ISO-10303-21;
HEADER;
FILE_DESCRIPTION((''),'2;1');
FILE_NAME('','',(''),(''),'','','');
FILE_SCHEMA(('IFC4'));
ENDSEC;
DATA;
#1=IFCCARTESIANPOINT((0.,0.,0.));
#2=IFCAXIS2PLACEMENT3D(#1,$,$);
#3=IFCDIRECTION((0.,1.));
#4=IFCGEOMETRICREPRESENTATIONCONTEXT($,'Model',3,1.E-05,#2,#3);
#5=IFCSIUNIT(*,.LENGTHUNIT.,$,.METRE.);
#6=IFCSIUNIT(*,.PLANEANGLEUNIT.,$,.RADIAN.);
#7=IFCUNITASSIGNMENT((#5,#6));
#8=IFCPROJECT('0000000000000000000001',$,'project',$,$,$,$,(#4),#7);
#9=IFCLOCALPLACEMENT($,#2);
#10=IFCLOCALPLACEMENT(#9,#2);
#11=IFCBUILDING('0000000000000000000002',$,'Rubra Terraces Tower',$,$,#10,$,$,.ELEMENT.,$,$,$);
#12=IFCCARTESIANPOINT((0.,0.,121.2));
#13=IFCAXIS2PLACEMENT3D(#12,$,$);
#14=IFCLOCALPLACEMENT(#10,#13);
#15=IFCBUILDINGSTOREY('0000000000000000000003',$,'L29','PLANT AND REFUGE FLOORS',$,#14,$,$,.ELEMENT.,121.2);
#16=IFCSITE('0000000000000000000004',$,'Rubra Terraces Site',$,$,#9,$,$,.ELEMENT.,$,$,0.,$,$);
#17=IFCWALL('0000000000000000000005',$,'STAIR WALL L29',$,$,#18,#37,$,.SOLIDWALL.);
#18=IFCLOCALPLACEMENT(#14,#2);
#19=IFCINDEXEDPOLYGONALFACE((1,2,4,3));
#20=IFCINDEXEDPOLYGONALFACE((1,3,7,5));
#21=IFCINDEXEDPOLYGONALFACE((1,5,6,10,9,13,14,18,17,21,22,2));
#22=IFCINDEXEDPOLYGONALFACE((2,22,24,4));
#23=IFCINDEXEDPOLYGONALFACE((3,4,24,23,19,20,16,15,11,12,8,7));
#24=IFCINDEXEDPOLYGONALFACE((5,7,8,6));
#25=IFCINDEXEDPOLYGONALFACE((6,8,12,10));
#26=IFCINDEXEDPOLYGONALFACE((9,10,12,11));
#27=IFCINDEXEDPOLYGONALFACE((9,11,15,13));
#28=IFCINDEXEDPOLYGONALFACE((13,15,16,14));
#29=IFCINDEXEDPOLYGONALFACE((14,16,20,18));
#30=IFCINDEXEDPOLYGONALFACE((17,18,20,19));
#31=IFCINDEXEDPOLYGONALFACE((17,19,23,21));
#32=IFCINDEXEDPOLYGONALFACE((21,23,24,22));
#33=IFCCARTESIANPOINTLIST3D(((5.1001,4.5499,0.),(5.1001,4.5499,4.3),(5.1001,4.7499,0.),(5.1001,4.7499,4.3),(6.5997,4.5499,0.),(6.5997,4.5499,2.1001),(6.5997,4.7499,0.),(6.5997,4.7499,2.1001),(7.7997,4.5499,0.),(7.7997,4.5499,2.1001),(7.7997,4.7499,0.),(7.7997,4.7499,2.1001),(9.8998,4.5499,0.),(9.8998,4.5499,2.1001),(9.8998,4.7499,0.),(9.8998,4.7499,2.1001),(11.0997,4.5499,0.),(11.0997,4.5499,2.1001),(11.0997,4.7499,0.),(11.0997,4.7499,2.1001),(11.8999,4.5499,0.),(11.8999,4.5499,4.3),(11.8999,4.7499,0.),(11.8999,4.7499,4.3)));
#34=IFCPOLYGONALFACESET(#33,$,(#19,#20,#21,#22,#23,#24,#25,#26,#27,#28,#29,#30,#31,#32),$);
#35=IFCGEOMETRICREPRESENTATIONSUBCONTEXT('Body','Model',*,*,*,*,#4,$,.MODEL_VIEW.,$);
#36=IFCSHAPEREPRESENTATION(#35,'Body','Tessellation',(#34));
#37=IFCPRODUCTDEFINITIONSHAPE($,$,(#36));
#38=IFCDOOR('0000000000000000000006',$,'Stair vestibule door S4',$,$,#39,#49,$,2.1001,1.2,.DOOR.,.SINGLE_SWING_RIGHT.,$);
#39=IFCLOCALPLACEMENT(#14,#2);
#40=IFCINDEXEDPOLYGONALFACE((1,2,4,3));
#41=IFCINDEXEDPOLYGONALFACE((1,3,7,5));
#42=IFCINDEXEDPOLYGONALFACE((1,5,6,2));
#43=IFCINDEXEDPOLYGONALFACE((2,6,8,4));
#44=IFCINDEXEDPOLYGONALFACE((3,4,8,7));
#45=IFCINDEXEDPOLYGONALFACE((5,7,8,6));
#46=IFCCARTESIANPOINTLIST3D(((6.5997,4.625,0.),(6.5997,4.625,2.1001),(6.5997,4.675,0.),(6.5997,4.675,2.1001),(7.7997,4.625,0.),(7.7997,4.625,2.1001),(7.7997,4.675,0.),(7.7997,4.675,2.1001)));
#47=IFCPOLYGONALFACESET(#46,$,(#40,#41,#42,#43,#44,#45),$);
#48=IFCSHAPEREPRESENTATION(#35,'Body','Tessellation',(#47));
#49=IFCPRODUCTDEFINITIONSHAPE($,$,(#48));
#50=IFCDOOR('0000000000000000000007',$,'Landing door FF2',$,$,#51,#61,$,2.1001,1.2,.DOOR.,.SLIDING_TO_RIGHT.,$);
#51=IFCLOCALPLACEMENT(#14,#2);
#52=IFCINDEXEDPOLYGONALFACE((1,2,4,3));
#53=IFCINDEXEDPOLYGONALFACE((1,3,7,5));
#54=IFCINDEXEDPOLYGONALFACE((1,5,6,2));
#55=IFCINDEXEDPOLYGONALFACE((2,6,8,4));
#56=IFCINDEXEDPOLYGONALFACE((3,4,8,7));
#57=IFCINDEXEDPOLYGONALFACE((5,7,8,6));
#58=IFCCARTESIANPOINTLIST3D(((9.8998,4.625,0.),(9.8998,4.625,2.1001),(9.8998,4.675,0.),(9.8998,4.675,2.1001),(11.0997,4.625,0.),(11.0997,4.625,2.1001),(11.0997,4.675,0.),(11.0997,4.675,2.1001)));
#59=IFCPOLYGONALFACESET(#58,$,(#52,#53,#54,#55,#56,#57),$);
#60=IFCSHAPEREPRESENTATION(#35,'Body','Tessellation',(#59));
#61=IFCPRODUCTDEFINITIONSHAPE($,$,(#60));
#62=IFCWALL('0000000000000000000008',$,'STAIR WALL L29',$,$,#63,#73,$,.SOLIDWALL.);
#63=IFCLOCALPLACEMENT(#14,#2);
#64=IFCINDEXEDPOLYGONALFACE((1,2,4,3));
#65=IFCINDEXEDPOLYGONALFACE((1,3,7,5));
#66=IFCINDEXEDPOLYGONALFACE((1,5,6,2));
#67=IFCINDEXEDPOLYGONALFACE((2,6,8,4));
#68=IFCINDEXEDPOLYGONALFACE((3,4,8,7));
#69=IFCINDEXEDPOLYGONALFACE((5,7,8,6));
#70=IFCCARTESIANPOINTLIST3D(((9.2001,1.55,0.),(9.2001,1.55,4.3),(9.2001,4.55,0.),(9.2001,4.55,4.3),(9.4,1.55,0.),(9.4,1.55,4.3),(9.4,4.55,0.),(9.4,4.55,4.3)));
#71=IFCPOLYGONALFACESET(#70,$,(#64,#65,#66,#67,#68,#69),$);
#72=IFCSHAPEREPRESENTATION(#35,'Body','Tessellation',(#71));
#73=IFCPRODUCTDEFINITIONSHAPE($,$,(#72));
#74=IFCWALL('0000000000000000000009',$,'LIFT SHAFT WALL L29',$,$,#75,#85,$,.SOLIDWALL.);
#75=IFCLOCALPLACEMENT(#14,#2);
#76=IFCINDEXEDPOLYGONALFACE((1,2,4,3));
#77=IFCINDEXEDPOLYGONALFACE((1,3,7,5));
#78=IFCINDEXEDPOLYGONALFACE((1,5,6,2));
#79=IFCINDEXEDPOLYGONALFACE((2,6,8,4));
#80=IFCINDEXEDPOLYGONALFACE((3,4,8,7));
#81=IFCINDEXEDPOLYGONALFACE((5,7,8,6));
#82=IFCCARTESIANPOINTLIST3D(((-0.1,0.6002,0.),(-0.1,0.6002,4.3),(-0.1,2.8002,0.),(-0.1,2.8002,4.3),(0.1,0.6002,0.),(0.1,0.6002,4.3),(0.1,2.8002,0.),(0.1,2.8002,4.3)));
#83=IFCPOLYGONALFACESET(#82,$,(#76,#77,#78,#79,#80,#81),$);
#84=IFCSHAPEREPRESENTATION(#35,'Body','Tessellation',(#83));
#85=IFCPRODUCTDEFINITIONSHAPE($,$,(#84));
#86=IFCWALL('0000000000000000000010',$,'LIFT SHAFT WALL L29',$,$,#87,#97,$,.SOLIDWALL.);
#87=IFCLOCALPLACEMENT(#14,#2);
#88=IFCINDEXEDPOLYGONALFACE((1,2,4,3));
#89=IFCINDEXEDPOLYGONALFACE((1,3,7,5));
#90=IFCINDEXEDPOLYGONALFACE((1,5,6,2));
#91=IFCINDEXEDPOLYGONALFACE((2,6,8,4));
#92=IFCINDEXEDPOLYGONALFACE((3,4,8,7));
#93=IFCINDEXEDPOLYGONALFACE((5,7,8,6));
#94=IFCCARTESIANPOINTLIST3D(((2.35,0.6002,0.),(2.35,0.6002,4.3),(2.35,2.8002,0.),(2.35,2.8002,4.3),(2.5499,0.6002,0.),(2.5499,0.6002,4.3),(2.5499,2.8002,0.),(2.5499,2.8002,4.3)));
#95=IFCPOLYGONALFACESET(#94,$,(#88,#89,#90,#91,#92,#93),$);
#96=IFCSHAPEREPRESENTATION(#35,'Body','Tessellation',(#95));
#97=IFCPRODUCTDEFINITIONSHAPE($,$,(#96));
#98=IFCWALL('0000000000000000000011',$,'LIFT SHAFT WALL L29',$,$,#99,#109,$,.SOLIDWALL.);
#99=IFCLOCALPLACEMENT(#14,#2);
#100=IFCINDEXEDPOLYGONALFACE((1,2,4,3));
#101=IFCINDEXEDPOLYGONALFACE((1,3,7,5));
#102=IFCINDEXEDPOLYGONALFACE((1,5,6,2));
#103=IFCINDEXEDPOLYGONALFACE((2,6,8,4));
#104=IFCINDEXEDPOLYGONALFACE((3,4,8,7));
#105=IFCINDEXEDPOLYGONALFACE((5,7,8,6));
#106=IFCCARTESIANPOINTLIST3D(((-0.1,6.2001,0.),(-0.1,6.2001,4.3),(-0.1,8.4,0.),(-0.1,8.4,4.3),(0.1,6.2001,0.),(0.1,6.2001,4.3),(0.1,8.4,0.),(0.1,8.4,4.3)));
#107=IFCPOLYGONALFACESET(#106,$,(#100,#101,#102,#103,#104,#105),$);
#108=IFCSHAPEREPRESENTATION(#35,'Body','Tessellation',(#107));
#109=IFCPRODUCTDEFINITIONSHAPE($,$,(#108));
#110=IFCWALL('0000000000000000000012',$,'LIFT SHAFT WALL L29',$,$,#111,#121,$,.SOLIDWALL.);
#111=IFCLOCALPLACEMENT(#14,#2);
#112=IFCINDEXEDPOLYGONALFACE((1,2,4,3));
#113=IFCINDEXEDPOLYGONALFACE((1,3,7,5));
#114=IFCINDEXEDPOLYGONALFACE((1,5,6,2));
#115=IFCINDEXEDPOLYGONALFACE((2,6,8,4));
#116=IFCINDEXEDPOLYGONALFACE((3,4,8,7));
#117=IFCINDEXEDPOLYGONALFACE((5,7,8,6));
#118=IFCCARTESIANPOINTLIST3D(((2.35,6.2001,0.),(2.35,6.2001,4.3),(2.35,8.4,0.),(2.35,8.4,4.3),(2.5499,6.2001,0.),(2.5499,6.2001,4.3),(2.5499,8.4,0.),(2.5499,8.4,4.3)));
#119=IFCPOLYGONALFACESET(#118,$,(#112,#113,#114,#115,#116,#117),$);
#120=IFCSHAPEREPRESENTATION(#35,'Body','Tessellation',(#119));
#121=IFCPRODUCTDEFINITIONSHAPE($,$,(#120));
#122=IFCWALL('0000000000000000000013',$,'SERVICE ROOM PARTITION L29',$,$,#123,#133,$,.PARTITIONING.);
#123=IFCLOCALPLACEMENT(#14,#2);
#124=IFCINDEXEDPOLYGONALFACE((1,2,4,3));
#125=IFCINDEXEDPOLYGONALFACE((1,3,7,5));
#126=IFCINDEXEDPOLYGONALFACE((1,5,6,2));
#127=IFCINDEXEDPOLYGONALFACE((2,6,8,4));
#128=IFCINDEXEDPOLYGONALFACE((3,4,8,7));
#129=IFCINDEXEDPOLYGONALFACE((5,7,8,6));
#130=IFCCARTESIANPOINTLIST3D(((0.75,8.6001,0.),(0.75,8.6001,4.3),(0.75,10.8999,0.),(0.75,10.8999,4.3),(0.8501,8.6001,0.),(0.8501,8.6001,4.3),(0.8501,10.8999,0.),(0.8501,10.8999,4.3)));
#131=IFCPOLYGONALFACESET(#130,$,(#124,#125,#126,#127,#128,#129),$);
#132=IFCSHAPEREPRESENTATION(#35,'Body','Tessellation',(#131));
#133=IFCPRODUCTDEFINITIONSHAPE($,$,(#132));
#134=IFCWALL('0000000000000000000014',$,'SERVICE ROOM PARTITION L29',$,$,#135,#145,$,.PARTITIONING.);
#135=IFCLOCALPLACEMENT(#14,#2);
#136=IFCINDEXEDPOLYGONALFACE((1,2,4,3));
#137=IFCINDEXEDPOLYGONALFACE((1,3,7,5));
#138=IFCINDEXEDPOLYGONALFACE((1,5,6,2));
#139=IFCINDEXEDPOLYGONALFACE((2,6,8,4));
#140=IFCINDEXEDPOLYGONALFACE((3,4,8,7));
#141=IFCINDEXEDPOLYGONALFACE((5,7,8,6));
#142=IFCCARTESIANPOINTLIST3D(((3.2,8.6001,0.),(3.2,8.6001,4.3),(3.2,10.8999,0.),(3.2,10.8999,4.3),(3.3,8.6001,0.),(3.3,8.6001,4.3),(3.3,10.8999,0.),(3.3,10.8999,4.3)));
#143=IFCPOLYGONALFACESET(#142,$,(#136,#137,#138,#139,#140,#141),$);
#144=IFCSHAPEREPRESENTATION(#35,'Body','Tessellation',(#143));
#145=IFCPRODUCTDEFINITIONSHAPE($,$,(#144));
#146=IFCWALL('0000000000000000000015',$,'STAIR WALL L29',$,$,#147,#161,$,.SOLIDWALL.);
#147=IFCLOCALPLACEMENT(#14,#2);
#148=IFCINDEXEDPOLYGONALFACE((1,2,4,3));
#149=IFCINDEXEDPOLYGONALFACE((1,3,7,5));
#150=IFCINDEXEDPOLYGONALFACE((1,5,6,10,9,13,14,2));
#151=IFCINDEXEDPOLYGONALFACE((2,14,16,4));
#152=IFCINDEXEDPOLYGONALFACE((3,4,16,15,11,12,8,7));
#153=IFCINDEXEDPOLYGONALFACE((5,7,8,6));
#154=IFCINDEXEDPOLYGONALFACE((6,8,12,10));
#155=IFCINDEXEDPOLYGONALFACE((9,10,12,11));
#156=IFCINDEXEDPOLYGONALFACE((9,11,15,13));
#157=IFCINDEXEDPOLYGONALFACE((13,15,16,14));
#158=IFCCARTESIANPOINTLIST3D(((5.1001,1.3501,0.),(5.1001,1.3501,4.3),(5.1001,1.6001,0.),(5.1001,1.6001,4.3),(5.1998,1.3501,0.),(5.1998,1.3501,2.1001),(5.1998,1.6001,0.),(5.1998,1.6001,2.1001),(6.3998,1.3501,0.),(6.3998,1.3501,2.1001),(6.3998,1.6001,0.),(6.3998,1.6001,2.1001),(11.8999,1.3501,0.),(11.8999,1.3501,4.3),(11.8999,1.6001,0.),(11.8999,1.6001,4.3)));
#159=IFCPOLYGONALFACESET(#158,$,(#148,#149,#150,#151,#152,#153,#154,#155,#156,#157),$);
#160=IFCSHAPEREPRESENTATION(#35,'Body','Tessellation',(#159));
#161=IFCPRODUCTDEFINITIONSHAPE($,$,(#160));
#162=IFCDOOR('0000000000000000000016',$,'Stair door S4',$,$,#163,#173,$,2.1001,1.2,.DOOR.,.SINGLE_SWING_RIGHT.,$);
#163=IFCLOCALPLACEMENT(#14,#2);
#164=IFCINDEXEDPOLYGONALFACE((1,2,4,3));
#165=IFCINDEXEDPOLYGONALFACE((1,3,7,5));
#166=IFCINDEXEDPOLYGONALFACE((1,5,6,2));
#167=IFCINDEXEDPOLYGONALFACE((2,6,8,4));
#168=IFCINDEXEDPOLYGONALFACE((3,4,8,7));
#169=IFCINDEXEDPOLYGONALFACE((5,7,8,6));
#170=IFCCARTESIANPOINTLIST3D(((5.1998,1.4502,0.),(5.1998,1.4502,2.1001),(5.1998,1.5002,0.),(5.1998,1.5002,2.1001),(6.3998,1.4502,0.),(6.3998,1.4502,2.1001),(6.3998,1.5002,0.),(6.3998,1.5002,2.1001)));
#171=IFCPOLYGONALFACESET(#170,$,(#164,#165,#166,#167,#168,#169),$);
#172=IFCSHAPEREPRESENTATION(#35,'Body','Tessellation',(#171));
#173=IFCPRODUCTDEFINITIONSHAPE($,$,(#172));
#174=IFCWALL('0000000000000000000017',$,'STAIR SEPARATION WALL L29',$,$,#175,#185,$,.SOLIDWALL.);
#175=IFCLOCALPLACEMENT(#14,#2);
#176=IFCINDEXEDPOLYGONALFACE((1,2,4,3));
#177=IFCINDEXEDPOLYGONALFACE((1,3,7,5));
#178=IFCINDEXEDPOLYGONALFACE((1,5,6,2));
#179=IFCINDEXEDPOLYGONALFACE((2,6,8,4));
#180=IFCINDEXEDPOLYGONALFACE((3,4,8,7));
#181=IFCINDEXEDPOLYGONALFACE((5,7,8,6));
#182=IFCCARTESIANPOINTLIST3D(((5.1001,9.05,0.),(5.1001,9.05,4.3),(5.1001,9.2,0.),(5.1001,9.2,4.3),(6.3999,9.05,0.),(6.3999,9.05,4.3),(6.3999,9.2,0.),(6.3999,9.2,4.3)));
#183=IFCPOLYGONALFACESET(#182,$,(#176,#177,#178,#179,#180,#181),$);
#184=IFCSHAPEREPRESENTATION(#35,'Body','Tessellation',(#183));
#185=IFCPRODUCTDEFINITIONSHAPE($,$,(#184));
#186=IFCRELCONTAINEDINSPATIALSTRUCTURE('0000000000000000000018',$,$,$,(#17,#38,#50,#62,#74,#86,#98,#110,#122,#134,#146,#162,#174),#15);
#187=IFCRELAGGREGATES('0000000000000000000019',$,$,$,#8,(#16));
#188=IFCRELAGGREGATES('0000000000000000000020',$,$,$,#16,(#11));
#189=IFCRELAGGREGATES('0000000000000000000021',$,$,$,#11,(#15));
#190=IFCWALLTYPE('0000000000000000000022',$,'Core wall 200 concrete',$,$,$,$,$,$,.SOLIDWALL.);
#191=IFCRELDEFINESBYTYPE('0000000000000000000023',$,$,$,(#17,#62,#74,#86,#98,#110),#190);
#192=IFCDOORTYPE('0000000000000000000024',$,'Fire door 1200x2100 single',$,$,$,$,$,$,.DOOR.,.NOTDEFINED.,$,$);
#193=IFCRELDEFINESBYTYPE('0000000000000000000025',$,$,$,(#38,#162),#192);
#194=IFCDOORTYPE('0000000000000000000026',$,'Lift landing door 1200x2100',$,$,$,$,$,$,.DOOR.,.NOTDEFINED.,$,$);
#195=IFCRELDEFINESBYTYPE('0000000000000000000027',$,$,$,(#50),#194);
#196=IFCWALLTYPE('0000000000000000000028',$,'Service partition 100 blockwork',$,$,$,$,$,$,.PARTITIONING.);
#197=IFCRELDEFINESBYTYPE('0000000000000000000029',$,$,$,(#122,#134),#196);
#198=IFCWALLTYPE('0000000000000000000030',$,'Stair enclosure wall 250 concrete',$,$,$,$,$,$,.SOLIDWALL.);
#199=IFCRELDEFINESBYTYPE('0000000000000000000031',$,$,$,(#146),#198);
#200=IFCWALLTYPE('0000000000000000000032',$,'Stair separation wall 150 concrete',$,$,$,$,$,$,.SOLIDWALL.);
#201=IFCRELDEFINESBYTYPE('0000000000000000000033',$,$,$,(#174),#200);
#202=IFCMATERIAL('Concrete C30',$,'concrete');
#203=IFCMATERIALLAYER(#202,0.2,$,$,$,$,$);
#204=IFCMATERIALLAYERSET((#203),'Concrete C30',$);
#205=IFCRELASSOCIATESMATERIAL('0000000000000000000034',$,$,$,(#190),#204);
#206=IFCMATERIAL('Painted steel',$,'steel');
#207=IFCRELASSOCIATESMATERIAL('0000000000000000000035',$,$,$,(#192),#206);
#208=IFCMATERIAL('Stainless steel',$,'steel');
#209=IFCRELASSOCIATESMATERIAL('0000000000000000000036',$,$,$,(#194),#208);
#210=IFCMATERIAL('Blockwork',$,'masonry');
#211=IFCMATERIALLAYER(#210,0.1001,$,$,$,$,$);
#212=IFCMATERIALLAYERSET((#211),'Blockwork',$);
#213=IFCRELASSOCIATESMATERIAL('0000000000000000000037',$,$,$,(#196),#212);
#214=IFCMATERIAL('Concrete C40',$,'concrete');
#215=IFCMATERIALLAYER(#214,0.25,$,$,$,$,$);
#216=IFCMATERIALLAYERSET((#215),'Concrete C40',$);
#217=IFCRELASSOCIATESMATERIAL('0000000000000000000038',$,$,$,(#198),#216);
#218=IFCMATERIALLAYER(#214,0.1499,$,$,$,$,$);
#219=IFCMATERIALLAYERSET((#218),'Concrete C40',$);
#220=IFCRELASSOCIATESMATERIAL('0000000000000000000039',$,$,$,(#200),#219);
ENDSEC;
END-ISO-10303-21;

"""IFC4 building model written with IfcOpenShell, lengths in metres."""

from ifc_helpers import new_model, si_unit, direction, frame, frame_2d, origin, place, context, subcontext, project, spatial, rectangle, extrude, material, layer, layer_set, type_object, element, fill, save


model = new_model("IFC4")

# Units and contexts
model_context = context("Model", 3, precision=1e-05, world=origin(), true_north=direction((0.0, 1.0)))
body_context = subcontext(model_context, "Body", "Model", "MODEL_VIEW")
ifc_project = project(units=[si_unit("LENGTHUNIT", "METRE"), si_unit("PLANEANGLEUNIT", "RADIAN")], contexts=[model_context])

# Site, building, storey
site_placement = place(None, origin())
site = spatial("IfcSite", under=ifc_project, at=site_placement, Name="Rubra Terraces Site", CompositionType="ELEMENT", RefElevation=0.0)
building_placement = place(site_placement, origin())
building = spatial("IfcBuilding", under=site, at=building_placement, Name="Rubra Terraces Tower", CompositionType="ELEMENT")
storey_placement = place(building_placement, frame((0.0, 0.0, 121.2)))
storey = spatial("IfcBuildingStorey", under=building, at=storey_placement, Name="L29", Description="PLANT AND REFUGE FLOORS", CompositionType="ELEMENT", Elevation=121.2)

# Shared definitions
ifc_material_1 = material(Name="Concrete C40", Category="concrete")

# Wall, openings, doors
ifc_material_2 = material(Name="Concrete C30", Category="concrete")
ifc_layer_1 = layer(ifc_material_2, 0.2)
ifc_layer_set_1 = layer_set([ifc_layer_1], Name="Concrete C30")
wall_type_1 = type_object("IfcWallType", Name="Core wall 200 concrete", PredefinedType="SOLIDWALL", material=ifc_layer_set_1)
wall_1_placement = place(storey_placement, frame((11.8999, 4.6499, 0.0), z_axis=(0.0, 0.0, 1.0), x_axis=(-1.0, 0.0, 0.0)))
wall_1 = element("IfcWall", 1, at=wall_1_placement, inside=storey, type_object=wall_type_1, Name="STAIR WALL L29", PredefinedType="SOLIDWALL", context=body_context, shape_type="SweptSolid", body=[
    extrude(rectangle(XDim=6.7998, YDim=0.2, at=frame_2d((3.3999, 0.0))), origin(), (0.0, 0.0, 1.0), 4.3),
])
opening_1_placement = place(wall_1_placement, frame((4.1001, 0.0, 0.0)))
opening_1 = element("IfcOpeningElement", 2, at=opening_1_placement, cuts=wall_1, PredefinedType="OPENING", context=body_context, shape_type="SweptSolid", body=[
    extrude(rectangle(XDim=1.2, YDim=2.1001, at=frame_2d((0.6001, 1.05))), frame((0.0, 0.1099, 0.0), z_axis=(0.0, -1.0, 0.0), x_axis=(1.0, 0.0, 0.0)), (0.0, 0.0, 1.0), 0.22),
])
opening_2_placement = place(wall_1_placement, frame((0.8, 0.0, 0.0)))
opening_2 = element("IfcOpeningElement", 3, at=opening_2_placement, cuts=wall_1, PredefinedType="OPENING", context=body_context, shape_type="SweptSolid", body=[
    extrude(rectangle(XDim=1.2, YDim=2.1001, at=frame_2d((0.6001, 1.05))), frame((0.0, 0.1099, 0.0), z_axis=(0.0, -1.0, 0.0), x_axis=(1.0, 0.0, 0.0)), (0.0, 0.0, 1.0), 0.22),
])
ifc_material_3 = material(Name="Painted steel", Category="steel")
door_type_1 = type_object("IfcDoorType", Name="Fire door 1200x2100 single", OperationType="NOTDEFINED", PredefinedType="DOOR", material=ifc_material_3)
door_1_placement = place(opening_1_placement, origin())
door_1 = element("IfcDoor", 4, at=door_1_placement, inside=storey, type_object=door_type_1, Name="Stair vestibule door S4", OperationType="SINGLE_SWING_RIGHT", OverallHeight=2.1001, OverallWidth=1.2, PredefinedType="DOOR", context=body_context, shape_type="SweptSolid", body=[
    extrude(rectangle(XDim=1.2, YDim=2.1001, at=frame_2d((0.6001, 1.05))), frame((0.0, 0.0249, 0.0), z_axis=(0.0, -1.0, 0.0), x_axis=(1.0, 0.0, 0.0)), (0.0, 0.0, 1.0), 0.05),
])
fill(opening_1, door_1)
ifc_material_4 = material(Name="Stainless steel", Category="steel")
door_type_2 = type_object("IfcDoorType", Name="Lift landing door 1200x2100", OperationType="NOTDEFINED", PredefinedType="DOOR", material=ifc_material_4)
door_2_placement = place(opening_2_placement, origin())
door_2 = element("IfcDoor", 5, at=door_2_placement, inside=storey, type_object=door_type_2, Name="Landing door FF2", OperationType="SLIDING_TO_RIGHT", OverallHeight=2.1001, OverallWidth=1.2, PredefinedType="DOOR", context=body_context, shape_type="SweptSolid", body=[
    extrude(rectangle(XDim=1.2, YDim=2.1001, at=frame_2d((0.6001, 1.05))), frame((0.0, 0.0249, 0.0), z_axis=(0.0, -1.0, 0.0), x_axis=(1.0, 0.0, 0.0)), (0.0, 0.0, 1.0), 0.05),
])
fill(opening_2, door_2)

# Walls
wall_2_placement = place(storey_placement, frame((9.3, 4.55, 0.0), z_axis=(0.0, 0.0, 1.0), x_axis=(0.0, -1.0, 0.0)))
element("IfcWall", 6, at=wall_2_placement, inside=storey, type_object=wall_type_1, Name="STAIR WALL L29", PredefinedType="SOLIDWALL", context=body_context, shape_type="SweptSolid", body=[
    extrude(rectangle(XDim=3.0, YDim=0.2, at=frame_2d((1.5, 0.0))), origin(), (0.0, 0.0, 1.0), 4.3),
])
for number, where, z_axis, x_axis, name in (
    (7, (0.0, 0.6001, 0.0), (0.0, 0.0, 1.0), (0.0, 1.0, 0.0), "LIFT SHAFT WALL L29"),
    (8, (2.45, 0.6001, 0.0), (0.0, 0.0, 1.0), (0.0, 1.0, 0.0), "LIFT SHAFT WALL L29"),
    (9, (0.0, 6.2, 0.0), (0.0, 0.0, 1.0), (0.0, 1.0, 0.0), "LIFT SHAFT WALL L29"),
    (10, (2.45, 6.2, 0.0), (0.0, 0.0, 1.0), (0.0, 1.0, 0.0), "LIFT SHAFT WALL L29"),
):
    element("IfcWall", number, at=place(storey_placement, frame(where, z_axis=z_axis, x_axis=x_axis)), inside=storey, type_object=wall_type_1, Name=name, PredefinedType="SOLIDWALL", context=body_context, shape_type="SweptSolid", body=[
        extrude(rectangle(XDim=2.2, YDim=0.2, at=frame_2d((1.1001, 0.0))), origin(), (0.0, 0.0, 1.0), 4.3),
    ])
ifc_material_5 = material(Name="Blockwork", Category="masonry")
ifc_layer_2 = layer(ifc_material_5, 0.1001)
ifc_layer_set_2 = layer_set([ifc_layer_2], Name="Blockwork")
wall_type_2 = type_object("IfcWallType", Name="Service partition 100 blockwork", PredefinedType="PARTITIONING", material=ifc_layer_set_2)
for number, where, z_axis, x_axis, name in (
    (11, (0.8, 8.6001, 0.0), (0.0, 0.0, 1.0), (0.0, 1.0, 0.0), "SERVICE ROOM PARTITION L29"),
    (12, (3.25, 8.6001, 0.0), (0.0, 0.0, 1.0), (0.0, 1.0, 0.0), "SERVICE ROOM PARTITION L29"),
):
    element("IfcWall", number, at=place(storey_placement, frame(where, z_axis=z_axis, x_axis=x_axis)), inside=storey, type_object=wall_type_2, Name=name, PredefinedType="PARTITIONING", context=body_context, shape_type="SweptSolid", body=[
        extrude(rectangle(XDim=2.2998, YDim=0.1001, at=frame_2d((1.1499, 0.0))), origin(), (0.0, 0.0, 1.0), 4.3),
    ])

# Wall, opening, door
ifc_layer_3 = layer(ifc_material_1, 0.25)
ifc_layer_set_3 = layer_set([ifc_layer_3], Name="Concrete C40")
wall_type_3 = type_object("IfcWallType", Name="Stair enclosure wall 250 concrete", PredefinedType="SOLIDWALL", material=ifc_layer_set_3)
wall_3_placement = place(storey_placement, frame((11.8999, 1.4751, 0.0), z_axis=(0.0, 0.0, 1.0), x_axis=(-1.0, 0.0, 0.0)))
wall_3 = element("IfcWall", 13, at=wall_3_placement, inside=storey, type_object=wall_type_3, Name="STAIR WALL L29", PredefinedType="SOLIDWALL", context=body_context, shape_type="SweptSolid", body=[
    extrude(rectangle(XDim=6.7998, YDim=0.25, at=frame_2d((3.3999, 0.0))), origin(), (0.0, 0.0, 1.0), 4.3),
])
opening_3_placement = place(wall_3_placement, frame((5.5, 0.0, 0.0)))
opening_3 = element("IfcOpeningElement", 14, at=opening_3_placement, cuts=wall_3, PredefinedType="OPENING", context=body_context, shape_type="SweptSolid", body=[
    extrude(rectangle(XDim=1.2, YDim=2.1001, at=frame_2d((0.6001, 1.05))), frame((0.0, 0.135, 0.0), z_axis=(0.0, -1.0, 0.0), x_axis=(1.0, 0.0, 0.0)), (0.0, 0.0, 1.0), 0.27),
])
door_3_placement = place(opening_3_placement, origin())
door_3 = element("IfcDoor", 15, at=door_3_placement, inside=storey, type_object=door_type_1, Name="Stair door S4", OperationType="SINGLE_SWING_RIGHT", OverallHeight=2.1001, OverallWidth=1.2, PredefinedType="DOOR", context=body_context, shape_type="SweptSolid", body=[
    extrude(rectangle(XDim=1.2, YDim=2.1001, at=frame_2d((0.6001, 1.05))), frame((0.0, 0.0249, 0.0), z_axis=(0.0, -1.0, 0.0), x_axis=(1.0, 0.0, 0.0)), (0.0, 0.0, 1.0), 0.05),
])
fill(opening_3, door_3)

# Wall
ifc_layer_4 = layer(ifc_material_1, 0.1499)
ifc_layer_set_4 = layer_set([ifc_layer_4], Name="Concrete C40")
wall_type_4 = type_object("IfcWallType", Name="Stair separation wall 150 concrete", PredefinedType="SOLIDWALL", material=ifc_layer_set_4)
for number, where, z_axis, x_axis, name in (
    (16, (6.3999, 9.125, 0.0), (0.0, 0.0, 1.0), (-1.0, 0.0, 0.0), "STAIR SEPARATION WALL L29"),
):
    element("IfcWall", number, at=place(storey_placement, frame(where, z_axis=z_axis, x_axis=x_axis)), inside=storey, type_object=wall_type_4, Name=name, PredefinedType="SOLIDWALL", context=body_context, shape_type="SweptSolid", body=[
        extrude(rectangle(XDim=1.2998, YDim=0.1499, at=frame_2d((0.6499, 0.0))), origin(), (0.0, 0.0, 1.0), 4.3),
    ])

save(model, "model.ifc")
